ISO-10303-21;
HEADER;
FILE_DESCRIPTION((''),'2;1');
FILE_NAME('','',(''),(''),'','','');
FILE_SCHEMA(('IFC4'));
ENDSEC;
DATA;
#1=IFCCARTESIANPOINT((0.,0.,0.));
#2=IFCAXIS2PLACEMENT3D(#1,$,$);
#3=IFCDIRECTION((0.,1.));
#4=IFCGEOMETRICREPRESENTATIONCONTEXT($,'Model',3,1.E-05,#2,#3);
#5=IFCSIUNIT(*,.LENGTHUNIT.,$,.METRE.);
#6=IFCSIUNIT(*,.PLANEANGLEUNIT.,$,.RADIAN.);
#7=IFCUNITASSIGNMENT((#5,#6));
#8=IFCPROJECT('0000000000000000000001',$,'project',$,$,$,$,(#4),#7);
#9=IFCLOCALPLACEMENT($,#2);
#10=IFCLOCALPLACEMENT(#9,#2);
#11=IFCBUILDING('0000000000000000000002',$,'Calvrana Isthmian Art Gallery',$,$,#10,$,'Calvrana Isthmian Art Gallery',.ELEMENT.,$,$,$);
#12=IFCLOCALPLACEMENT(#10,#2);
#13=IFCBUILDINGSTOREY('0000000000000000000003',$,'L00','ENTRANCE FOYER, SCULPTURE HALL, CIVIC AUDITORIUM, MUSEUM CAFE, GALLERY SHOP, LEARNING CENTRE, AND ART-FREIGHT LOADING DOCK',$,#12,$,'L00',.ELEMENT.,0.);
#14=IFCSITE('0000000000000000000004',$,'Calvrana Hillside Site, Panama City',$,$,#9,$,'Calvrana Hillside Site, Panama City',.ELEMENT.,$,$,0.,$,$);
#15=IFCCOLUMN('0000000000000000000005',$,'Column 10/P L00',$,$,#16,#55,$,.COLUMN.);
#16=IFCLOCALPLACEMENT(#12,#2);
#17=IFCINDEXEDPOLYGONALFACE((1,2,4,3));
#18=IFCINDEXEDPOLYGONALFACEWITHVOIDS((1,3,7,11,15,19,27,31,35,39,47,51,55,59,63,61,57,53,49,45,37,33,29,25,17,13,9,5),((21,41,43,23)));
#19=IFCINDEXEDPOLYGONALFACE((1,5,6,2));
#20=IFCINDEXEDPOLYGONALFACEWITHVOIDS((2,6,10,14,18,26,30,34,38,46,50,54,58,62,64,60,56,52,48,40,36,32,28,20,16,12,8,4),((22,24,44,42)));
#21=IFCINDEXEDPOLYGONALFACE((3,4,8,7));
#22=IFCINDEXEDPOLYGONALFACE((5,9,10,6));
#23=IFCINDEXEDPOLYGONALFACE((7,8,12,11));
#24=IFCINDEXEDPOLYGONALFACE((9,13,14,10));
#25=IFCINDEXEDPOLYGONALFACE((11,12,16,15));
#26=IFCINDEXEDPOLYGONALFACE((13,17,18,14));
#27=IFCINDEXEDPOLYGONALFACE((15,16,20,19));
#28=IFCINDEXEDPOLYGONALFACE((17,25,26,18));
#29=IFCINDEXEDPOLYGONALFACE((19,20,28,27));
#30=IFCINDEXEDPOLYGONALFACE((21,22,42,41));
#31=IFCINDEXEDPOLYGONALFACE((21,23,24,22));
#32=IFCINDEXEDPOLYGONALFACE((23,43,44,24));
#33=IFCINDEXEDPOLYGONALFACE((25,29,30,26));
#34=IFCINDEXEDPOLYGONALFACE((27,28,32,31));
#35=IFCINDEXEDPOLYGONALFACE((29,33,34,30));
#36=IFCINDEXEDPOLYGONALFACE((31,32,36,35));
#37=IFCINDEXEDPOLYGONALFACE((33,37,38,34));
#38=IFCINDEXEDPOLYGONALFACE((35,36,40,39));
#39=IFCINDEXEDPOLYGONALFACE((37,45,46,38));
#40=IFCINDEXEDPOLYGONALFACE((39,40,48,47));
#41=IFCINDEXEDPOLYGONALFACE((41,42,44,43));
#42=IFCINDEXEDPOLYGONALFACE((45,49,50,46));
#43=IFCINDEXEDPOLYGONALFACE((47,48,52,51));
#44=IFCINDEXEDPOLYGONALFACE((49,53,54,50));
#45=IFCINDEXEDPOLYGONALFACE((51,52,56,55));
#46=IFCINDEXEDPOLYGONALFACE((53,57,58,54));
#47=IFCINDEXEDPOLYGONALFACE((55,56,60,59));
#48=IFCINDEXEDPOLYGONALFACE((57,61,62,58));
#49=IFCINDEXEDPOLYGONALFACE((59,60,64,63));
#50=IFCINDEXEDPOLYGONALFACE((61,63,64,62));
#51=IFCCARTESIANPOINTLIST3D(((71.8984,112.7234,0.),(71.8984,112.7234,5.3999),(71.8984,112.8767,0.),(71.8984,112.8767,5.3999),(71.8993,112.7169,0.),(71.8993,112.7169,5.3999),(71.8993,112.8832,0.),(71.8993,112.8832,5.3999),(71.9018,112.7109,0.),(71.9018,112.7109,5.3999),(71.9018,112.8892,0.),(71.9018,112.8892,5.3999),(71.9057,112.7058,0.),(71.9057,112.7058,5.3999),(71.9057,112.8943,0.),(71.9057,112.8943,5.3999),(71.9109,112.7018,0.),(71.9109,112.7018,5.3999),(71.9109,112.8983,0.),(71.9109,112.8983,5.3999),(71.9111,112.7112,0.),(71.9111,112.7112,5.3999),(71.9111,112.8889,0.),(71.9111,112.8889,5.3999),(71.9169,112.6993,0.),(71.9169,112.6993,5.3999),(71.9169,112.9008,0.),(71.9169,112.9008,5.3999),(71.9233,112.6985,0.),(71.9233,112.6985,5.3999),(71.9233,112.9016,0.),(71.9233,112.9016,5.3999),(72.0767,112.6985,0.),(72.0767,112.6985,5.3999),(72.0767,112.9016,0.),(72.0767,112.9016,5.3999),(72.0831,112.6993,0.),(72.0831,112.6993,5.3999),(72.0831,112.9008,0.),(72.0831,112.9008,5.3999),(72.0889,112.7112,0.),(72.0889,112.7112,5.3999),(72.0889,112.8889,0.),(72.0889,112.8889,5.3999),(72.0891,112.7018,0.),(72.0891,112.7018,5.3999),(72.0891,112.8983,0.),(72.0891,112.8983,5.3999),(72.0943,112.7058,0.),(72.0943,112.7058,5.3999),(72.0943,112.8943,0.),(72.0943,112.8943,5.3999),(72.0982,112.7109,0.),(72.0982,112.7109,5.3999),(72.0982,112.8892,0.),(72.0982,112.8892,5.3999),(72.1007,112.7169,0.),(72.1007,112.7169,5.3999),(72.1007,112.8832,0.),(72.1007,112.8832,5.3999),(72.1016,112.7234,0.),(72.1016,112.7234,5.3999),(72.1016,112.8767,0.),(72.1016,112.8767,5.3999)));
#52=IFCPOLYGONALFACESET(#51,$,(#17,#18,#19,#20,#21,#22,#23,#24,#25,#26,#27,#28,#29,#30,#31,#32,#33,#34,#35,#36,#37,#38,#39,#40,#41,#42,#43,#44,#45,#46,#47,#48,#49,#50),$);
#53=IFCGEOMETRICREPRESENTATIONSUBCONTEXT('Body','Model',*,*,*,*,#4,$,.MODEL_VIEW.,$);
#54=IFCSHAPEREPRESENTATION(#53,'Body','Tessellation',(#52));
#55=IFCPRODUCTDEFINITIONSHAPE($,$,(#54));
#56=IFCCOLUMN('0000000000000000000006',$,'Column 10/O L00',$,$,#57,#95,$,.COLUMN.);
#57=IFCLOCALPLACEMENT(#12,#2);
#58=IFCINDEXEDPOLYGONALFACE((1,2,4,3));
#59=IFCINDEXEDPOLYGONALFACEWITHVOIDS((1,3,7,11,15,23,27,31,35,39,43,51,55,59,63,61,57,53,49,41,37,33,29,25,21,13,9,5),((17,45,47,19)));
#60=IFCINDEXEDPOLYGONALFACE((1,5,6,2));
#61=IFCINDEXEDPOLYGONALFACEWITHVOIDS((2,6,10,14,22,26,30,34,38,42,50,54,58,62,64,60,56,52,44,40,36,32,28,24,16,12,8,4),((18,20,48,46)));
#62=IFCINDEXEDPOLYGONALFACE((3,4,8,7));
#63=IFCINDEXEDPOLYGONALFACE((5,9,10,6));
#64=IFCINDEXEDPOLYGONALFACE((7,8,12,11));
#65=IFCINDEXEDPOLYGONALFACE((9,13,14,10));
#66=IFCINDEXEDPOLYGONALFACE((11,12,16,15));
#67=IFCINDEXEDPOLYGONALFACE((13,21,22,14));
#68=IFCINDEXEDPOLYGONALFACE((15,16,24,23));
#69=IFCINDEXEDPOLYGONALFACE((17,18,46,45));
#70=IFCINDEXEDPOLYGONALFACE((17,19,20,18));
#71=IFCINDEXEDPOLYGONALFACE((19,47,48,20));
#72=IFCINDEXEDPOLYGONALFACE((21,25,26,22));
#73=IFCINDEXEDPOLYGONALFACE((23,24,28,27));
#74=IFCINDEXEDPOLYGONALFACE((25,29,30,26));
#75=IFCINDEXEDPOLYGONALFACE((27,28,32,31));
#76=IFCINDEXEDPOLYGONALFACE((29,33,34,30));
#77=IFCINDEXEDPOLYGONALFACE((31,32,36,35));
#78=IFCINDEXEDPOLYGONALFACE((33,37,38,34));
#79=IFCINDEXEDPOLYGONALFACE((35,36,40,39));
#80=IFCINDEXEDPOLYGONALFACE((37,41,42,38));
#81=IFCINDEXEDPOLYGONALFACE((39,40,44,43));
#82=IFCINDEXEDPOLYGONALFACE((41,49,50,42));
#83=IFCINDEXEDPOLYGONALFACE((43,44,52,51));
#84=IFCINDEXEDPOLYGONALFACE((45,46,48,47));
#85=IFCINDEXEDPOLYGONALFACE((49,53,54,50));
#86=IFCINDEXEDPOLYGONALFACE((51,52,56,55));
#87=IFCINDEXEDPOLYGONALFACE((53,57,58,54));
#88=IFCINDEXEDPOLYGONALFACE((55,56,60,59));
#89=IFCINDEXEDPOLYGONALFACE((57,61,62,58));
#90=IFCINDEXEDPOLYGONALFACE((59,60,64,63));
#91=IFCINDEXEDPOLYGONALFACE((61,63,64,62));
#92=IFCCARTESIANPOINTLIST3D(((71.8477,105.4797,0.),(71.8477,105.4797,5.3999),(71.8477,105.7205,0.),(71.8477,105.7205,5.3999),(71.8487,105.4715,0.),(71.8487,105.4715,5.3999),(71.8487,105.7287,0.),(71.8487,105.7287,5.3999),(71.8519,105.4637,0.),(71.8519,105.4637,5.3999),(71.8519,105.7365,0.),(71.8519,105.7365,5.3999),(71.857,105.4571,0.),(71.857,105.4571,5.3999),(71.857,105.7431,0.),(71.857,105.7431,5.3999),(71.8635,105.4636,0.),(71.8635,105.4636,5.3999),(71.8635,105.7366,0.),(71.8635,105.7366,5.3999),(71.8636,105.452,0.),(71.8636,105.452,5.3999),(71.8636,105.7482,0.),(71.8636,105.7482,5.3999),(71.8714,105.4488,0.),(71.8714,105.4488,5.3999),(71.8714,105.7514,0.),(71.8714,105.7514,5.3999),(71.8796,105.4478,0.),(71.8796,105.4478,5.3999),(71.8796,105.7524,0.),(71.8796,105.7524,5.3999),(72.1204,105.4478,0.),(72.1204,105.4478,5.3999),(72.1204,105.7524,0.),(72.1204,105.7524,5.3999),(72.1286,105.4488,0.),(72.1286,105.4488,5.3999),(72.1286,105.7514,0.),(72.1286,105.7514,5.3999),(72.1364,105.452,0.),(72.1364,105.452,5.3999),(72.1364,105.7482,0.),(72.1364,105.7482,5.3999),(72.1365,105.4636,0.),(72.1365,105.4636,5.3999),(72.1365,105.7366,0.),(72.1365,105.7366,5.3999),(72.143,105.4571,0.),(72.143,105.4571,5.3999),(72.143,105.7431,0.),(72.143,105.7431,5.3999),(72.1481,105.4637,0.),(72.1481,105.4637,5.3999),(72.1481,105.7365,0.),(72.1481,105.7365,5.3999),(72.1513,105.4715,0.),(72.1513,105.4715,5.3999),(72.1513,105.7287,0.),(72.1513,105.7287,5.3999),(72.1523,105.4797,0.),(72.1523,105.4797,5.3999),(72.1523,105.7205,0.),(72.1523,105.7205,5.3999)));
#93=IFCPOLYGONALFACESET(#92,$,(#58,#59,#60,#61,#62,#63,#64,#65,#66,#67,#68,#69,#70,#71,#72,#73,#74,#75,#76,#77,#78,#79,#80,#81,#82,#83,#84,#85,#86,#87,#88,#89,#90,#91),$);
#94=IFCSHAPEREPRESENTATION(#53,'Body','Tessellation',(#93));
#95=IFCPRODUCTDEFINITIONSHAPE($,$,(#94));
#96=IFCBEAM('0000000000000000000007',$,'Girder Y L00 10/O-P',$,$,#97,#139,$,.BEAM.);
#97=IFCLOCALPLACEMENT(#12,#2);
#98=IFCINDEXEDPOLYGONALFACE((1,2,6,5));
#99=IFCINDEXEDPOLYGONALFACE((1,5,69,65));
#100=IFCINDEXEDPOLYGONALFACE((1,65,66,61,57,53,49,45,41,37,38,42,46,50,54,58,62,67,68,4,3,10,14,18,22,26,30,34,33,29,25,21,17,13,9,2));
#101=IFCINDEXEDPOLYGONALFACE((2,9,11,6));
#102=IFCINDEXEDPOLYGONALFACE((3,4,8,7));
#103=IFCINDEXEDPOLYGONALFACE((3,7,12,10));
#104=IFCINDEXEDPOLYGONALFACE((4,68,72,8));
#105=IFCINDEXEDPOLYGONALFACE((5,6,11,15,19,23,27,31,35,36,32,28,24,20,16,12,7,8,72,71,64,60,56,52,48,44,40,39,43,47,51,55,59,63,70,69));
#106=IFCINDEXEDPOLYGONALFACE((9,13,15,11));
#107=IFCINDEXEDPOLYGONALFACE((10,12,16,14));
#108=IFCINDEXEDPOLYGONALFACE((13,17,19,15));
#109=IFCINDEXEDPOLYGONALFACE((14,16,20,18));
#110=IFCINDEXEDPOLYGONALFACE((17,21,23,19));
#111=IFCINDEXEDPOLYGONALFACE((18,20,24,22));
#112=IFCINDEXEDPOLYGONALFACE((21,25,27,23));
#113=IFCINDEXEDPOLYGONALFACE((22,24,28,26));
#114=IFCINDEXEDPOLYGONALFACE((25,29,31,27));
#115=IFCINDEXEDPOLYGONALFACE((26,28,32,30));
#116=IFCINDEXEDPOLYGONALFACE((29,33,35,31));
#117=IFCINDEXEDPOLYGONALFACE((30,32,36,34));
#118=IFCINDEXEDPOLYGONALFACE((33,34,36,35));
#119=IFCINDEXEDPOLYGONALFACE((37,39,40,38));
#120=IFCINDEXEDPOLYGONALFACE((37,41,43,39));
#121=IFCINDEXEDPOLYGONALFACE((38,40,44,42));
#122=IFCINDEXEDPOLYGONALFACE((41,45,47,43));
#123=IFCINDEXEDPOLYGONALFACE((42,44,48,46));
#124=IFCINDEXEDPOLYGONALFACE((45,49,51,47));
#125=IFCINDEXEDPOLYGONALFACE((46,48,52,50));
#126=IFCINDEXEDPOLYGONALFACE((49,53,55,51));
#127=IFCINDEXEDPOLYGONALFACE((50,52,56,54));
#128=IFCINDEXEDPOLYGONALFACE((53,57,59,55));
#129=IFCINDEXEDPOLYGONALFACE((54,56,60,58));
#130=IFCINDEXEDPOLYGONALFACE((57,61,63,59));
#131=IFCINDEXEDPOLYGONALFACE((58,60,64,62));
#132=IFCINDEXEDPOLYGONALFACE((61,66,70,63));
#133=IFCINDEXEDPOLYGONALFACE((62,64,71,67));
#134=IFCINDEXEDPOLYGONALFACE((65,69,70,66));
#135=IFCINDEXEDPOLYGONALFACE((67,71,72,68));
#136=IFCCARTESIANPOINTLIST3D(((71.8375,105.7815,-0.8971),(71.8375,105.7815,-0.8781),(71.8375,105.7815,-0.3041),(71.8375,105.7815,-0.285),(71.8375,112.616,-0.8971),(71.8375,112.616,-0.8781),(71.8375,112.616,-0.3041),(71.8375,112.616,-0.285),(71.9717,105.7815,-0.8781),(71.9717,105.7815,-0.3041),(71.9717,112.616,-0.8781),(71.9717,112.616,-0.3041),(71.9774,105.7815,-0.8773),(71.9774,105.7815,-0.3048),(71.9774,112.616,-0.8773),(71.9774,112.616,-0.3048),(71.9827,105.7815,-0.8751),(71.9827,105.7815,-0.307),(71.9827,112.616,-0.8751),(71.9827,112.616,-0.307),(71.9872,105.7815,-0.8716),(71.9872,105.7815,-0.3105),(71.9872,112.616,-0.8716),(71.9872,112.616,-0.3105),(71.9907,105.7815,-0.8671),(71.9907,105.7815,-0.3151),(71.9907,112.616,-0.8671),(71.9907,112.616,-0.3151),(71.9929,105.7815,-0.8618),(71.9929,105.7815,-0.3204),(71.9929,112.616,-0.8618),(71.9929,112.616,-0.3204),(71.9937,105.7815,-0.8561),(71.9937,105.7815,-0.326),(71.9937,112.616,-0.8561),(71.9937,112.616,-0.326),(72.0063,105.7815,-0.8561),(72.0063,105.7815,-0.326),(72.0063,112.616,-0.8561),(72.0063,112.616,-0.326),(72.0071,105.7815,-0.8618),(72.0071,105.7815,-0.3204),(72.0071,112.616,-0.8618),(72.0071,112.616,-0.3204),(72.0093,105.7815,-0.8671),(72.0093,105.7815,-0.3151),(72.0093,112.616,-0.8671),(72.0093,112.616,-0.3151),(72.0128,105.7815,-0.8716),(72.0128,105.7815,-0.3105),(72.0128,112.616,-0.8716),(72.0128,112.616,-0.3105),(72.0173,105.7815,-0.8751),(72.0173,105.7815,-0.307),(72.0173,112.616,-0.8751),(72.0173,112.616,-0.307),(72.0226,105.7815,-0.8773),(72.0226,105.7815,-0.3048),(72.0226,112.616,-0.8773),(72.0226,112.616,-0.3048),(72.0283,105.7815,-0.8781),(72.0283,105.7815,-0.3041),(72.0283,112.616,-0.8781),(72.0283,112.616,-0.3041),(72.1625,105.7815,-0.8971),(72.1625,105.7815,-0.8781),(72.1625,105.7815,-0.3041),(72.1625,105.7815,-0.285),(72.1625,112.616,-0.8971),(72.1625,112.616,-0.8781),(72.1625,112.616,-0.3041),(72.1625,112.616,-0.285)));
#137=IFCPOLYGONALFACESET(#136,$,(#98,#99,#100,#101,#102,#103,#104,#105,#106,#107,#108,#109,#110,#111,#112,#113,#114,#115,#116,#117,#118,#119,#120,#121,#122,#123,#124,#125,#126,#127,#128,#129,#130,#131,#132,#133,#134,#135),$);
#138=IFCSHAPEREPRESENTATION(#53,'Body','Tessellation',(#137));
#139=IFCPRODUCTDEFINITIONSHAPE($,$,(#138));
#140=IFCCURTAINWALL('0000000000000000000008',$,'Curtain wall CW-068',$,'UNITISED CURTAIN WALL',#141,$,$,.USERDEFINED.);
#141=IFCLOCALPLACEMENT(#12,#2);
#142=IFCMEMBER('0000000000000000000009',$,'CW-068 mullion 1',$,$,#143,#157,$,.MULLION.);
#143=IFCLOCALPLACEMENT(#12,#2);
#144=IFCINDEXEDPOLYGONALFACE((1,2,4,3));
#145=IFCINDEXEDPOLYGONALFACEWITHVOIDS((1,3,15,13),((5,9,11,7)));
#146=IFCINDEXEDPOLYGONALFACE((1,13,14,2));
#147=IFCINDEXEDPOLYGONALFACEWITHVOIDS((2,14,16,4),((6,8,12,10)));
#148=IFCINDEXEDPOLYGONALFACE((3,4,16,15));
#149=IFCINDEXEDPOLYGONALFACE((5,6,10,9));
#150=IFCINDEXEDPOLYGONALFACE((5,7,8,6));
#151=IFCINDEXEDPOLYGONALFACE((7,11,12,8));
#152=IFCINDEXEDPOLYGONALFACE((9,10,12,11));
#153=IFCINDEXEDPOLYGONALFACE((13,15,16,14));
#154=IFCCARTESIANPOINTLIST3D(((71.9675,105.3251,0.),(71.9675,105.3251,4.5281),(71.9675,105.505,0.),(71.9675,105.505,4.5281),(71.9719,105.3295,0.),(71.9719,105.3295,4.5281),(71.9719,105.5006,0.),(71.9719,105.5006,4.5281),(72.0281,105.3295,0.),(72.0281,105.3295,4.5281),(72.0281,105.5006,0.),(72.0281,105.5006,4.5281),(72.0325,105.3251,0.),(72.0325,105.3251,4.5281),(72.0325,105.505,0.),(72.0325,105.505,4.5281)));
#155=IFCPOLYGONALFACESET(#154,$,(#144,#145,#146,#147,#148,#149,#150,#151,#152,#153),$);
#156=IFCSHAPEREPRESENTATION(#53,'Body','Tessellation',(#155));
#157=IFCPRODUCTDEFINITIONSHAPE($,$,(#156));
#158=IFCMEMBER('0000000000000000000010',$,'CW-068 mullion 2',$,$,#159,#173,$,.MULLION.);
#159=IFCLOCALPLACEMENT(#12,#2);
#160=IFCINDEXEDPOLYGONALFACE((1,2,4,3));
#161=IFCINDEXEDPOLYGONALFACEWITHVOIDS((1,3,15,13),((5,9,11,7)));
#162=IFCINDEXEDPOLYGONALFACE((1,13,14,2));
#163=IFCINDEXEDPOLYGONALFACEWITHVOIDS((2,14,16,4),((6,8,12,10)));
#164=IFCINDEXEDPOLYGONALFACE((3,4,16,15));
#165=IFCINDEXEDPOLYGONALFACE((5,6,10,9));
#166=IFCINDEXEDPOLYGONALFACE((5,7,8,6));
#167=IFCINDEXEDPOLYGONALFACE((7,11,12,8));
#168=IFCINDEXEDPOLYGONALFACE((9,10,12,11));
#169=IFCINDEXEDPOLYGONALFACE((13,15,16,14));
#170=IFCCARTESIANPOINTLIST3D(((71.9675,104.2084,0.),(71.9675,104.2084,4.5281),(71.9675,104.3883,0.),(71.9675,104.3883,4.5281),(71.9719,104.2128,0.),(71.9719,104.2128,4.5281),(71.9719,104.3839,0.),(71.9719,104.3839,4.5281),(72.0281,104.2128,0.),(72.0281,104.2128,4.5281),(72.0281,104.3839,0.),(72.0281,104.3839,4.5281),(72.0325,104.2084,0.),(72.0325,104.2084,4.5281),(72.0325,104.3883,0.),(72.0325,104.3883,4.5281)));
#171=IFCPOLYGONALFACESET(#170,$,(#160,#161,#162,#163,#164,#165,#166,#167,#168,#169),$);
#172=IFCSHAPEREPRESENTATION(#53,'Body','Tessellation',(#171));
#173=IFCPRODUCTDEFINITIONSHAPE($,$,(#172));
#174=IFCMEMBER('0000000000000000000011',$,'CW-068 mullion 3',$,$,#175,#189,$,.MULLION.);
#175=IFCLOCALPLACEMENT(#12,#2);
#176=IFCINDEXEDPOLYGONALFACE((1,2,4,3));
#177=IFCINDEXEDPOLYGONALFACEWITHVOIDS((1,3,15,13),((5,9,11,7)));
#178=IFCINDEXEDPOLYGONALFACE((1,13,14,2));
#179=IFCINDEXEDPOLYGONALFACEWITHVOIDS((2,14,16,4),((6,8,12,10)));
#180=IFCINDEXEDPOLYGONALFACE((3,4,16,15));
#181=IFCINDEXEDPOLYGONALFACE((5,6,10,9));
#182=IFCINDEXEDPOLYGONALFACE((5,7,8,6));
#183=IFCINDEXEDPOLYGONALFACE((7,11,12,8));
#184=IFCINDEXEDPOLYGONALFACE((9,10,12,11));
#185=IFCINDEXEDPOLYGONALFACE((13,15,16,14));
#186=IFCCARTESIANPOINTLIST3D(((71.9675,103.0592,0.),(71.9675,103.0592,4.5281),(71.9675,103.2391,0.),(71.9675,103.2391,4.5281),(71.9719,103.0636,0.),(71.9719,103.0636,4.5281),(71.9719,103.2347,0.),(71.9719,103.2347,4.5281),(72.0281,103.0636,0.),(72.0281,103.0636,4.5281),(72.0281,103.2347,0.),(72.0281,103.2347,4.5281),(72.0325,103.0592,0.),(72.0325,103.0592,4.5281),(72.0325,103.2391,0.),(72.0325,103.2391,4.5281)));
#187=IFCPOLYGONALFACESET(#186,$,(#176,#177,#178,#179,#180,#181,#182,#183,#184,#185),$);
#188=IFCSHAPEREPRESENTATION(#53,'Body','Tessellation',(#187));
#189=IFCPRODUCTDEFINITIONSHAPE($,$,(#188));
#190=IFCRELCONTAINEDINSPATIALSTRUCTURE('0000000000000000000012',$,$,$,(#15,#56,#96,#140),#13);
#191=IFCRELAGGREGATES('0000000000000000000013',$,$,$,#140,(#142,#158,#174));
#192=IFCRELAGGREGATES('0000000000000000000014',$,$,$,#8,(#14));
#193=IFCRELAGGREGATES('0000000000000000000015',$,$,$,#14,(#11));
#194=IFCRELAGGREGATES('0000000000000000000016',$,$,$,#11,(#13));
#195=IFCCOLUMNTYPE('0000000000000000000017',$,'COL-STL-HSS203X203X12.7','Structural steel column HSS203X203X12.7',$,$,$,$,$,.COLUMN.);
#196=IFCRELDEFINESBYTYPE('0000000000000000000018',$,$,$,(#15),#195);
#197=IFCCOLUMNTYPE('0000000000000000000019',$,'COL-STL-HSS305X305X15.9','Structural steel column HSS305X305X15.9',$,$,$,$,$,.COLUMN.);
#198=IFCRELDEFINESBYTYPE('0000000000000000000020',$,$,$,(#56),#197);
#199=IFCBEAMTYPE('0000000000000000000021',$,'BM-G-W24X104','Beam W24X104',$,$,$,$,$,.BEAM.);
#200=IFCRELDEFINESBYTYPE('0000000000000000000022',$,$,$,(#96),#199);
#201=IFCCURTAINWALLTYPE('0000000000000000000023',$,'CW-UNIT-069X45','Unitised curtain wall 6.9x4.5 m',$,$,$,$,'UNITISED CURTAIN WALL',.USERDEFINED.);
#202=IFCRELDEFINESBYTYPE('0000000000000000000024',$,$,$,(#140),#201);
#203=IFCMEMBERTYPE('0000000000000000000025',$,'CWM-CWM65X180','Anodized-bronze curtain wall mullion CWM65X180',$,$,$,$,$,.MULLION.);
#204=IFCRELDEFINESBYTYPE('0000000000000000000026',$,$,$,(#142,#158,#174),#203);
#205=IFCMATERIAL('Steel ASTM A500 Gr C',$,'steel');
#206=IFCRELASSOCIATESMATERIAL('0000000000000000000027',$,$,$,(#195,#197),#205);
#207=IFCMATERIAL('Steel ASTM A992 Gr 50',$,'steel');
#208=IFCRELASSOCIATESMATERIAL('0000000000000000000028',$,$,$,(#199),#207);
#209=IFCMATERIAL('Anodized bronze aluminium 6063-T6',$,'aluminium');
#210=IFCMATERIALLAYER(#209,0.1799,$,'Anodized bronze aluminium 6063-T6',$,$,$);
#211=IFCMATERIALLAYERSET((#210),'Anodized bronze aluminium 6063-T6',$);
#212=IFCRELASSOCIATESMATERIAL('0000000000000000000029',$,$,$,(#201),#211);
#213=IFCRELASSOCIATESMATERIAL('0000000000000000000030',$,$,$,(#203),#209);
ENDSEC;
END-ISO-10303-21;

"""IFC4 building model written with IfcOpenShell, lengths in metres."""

from ifc_helpers import new_model, si_unit, direction, frame, origin, origin_2d, place, context, subcontext, project, spatial, hollow_rectangle, i_section, extrude, material, layer, layer_set, material_profile, profile_set, type_object, element, aggregate, save


model = new_model("IFC4")

# Units and contexts
model_context = context("Model", 3, precision=1e-05, world=origin(), true_north=direction((0.0, 1.0)))
body_context = subcontext(model_context, "Body", "Model", "MODEL_VIEW")
ifc_project = project(units=[si_unit("LENGTHUNIT", "METRE"), si_unit("PLANEANGLEUNIT", "RADIAN")], contexts=[model_context])

# Site, building, storey
site_placement = place(None, origin())
site = spatial("IfcSite", under=ifc_project, at=site_placement, Name="Calvrana Hillside Site, Panama City", LongName="Calvrana Hillside Site, Panama City", CompositionType="ELEMENT", RefElevation=0.0)
building_placement = place(site_placement, origin())
building = spatial("IfcBuilding", under=site, at=building_placement, Name="Calvrana Isthmian Art Gallery", LongName="Calvrana Isthmian Art Gallery", CompositionType="ELEMENT")
storey_placement = place(building_placement, origin())
storey = spatial("IfcBuildingStorey", under=building, at=storey_placement, Name="L00", Description="ENTRANCE FOYER, SCULPTURE HALL, CIVIC AUDITORIUM, MUSEUM CAFE, GALLERY SHOP, LEARNING CENTRE, AND ART-FREIGHT LOADING DOCK", LongName="L00", CompositionType="ELEMENT", Elevation=0.0)

# Columns
ifc_material_1 = material(Name="Steel ASTM A500 Gr C", Category="steel")
ifc_material_profile_1 = material_profile(ifc_material_1, hollow_rectangle(XDim=0.2031, YDim=0.2031, WallThickness=0.0127, OuterFilletRadius=0.0249, at=origin_2d()), Name="HSS203X203X12.7")
ifc_profile_set_1 = profile_set([ifc_material_profile_1], Name="Steel ASTM A500 Gr C")
column_type_1 = type_object("IfcColumnType", Name="COL-STL-HSS203X203X12.7", Description="Structural steel column HSS203X203X12.7", PredefinedType="COLUMN", material=ifc_profile_set_1)
column_1_placement = place(storey_placement, frame((72.0, 112.8, 0.0), z_axis=(0.0, 0.0, 1.0), x_axis=(1.0, 0.0, 0.0)))
element("IfcColumn", 1, at=column_1_placement, inside=storey, type_object=column_type_1, Name="Column 10/P L00", PredefinedType="COLUMN", context=body_context, shape_type="SweptSolid", body=[
    extrude(hollow_rectangle(XDim=0.2031, YDim=0.2031, WallThickness=0.0127, OuterFilletRadius=0.0249, at=origin_2d()), origin(), (0.0, 0.0, 1.0), 5.3999),
])
ifc_material_profile_2 = material_profile(ifc_material_1, hollow_rectangle(XDim=0.3047, YDim=0.3047, WallThickness=0.0159, OuterFilletRadius=0.032, at=origin_2d()), Name="HSS305X305X15.9")
ifc_profile_set_2 = profile_set([ifc_material_profile_2], Name="Steel ASTM A500 Gr C")
column_type_2 = type_object("IfcColumnType", Name="COL-STL-HSS305X305X15.9", Description="Structural steel column HSS305X305X15.9", PredefinedType="COLUMN", material=ifc_profile_set_2)
column_2_placement = place(storey_placement, frame((72.0, 105.6001, 0.0), z_axis=(0.0, 0.0, 1.0), x_axis=(1.0, 0.0, 0.0)))
element("IfcColumn", 2, at=column_2_placement, inside=storey, type_object=column_type_2, Name="Column 10/O L00", PredefinedType="COLUMN", context=body_context, shape_type="SweptSolid", body=[
    extrude(hollow_rectangle(XDim=0.3047, YDim=0.3047, WallThickness=0.0159, OuterFilletRadius=0.032, at=origin_2d()), origin(), (0.0, 0.0, 1.0), 5.3999),
])

# Beam
ifc_material_2 = material(Name="Steel ASTM A992 Gr 50", Category="steel")
ifc_material_profile_3 = material_profile(ifc_material_2, i_section(OverallWidth=0.325, OverallDepth=0.6121, WebThickness=0.0127, FlangeThickness=0.019, FilletRadius=0.022, at=origin_2d()), Name="W24X104")
ifc_profile_set_3 = profile_set([ifc_material_profile_3], Name="Steel ASTM A992 Gr 50")
beam_type = type_object("IfcBeamType", Name="BM-G-W24X104", Description="Beam W24X104", PredefinedType="BEAM", material=ifc_profile_set_3)
beam_placement = place(storey_placement, frame((72.0, 105.7815, -0.5911), z_axis=(0.0, 1.0, 0.0), x_axis=(-1.0, 0.0, 0.0)))
element("IfcBeam", 3, at=beam_placement, inside=storey, type_object=beam_type, Name="Girder Y L00 10/O-P", PredefinedType="BEAM", context=body_context, shape_type="SweptSolid", body=[
    extrude(i_section(OverallWidth=0.325, OverallDepth=0.6121, WebThickness=0.0127, FlangeThickness=0.019, FilletRadius=0.022, at=origin_2d()), origin(), (0.0, 0.0, 1.0), 6.8345),
])

# Curtain wall, members
ifc_material_3 = material(Name="Anodized bronze aluminium 6063-T6", Category="aluminium")
ifc_layer_1 = layer(ifc_material_3, 0.1799, Name="Anodized bronze aluminium 6063-T6")
ifc_layer_set_1 = layer_set([ifc_layer_1], Name="Anodized bronze aluminium 6063-T6")
curtain_wall_type_1 = type_object("IfcCurtainWallType", Name="CW-UNIT-069X45", Description="Unitised curtain wall 6.9x4.5 m", ElementType="UNITISED CURTAIN WALL", PredefinedType="USERDEFINED", material=ifc_layer_set_1)
curtain_wall_1_placement = place(storey_placement, origin())
curtain_wall_1 = element("IfcCurtainWall", 4, at=curtain_wall_1_placement, inside=storey, type_object=curtain_wall_type_1, Name="Curtain wall CW-068", ObjectType="UNITISED CURTAIN WALL", PredefinedType="USERDEFINED")
ifc_material_profile_4 = material_profile(ifc_material_3, hollow_rectangle(XDim=0.0649, YDim=0.1799, WallThickness=0.0044, at=origin_2d()), Name="CWM65X180")
ifc_profile_set_4 = profile_set([ifc_material_profile_4], Name="Anodized bronze aluminium 6063-T6")
member_type_1 = type_object("IfcMemberType", Name="CWM-CWM65X180", Description="Anodized-bronze curtain wall mullion CWM65X180", PredefinedType="MULLION", material=ifc_profile_set_4)
member_1_placement = place(storey_placement, frame((72.0, 105.415, 0.0), z_axis=(0.0, 0.0, 1.0), x_axis=(1.0, 0.0, 0.0)))
member_1 = element("IfcMember", 5, at=member_1_placement, type_object=member_type_1, Name="CW-068 mullion 1", PredefinedType="MULLION", context=body_context, shape_type="SweptSolid", body=[
    extrude(hollow_rectangle(XDim=0.0649, YDim=0.1799, WallThickness=0.0044, at=origin_2d()), origin(), (0.0, 0.0, 1.0), 4.5281),
])
member_2_placement = place(storey_placement, frame((72.0, 104.2983, 0.0), z_axis=(0.0, 0.0, 1.0), x_axis=(1.0, 0.0, 0.0)))
member_2 = element("IfcMember", 6, at=member_2_placement, type_object=member_type_1, Name="CW-068 mullion 2", PredefinedType="MULLION", context=body_context, shape_type="SweptSolid", body=[
    extrude(hollow_rectangle(XDim=0.0649, YDim=0.1799, WallThickness=0.0044, at=origin_2d()), origin(), (0.0, 0.0, 1.0), 4.5281),
])
member_3_placement = place(storey_placement, frame((72.0, 103.1492, 0.0), z_axis=(0.0, 0.0, 1.0), x_axis=(1.0, 0.0, 0.0)))
member_3 = element("IfcMember", 7, at=member_3_placement, type_object=member_type_1, Name="CW-068 mullion 3", PredefinedType="MULLION", context=body_context, shape_type="SweptSolid", body=[
    extrude(hollow_rectangle(XDim=0.0649, YDim=0.1799, WallThickness=0.0044, at=origin_2d()), origin(), (0.0, 0.0, 1.0), 4.5281),
])

aggregate(curtain_wall_1, [member_1, member_2, member_3])

save(model, "model.ifc")
